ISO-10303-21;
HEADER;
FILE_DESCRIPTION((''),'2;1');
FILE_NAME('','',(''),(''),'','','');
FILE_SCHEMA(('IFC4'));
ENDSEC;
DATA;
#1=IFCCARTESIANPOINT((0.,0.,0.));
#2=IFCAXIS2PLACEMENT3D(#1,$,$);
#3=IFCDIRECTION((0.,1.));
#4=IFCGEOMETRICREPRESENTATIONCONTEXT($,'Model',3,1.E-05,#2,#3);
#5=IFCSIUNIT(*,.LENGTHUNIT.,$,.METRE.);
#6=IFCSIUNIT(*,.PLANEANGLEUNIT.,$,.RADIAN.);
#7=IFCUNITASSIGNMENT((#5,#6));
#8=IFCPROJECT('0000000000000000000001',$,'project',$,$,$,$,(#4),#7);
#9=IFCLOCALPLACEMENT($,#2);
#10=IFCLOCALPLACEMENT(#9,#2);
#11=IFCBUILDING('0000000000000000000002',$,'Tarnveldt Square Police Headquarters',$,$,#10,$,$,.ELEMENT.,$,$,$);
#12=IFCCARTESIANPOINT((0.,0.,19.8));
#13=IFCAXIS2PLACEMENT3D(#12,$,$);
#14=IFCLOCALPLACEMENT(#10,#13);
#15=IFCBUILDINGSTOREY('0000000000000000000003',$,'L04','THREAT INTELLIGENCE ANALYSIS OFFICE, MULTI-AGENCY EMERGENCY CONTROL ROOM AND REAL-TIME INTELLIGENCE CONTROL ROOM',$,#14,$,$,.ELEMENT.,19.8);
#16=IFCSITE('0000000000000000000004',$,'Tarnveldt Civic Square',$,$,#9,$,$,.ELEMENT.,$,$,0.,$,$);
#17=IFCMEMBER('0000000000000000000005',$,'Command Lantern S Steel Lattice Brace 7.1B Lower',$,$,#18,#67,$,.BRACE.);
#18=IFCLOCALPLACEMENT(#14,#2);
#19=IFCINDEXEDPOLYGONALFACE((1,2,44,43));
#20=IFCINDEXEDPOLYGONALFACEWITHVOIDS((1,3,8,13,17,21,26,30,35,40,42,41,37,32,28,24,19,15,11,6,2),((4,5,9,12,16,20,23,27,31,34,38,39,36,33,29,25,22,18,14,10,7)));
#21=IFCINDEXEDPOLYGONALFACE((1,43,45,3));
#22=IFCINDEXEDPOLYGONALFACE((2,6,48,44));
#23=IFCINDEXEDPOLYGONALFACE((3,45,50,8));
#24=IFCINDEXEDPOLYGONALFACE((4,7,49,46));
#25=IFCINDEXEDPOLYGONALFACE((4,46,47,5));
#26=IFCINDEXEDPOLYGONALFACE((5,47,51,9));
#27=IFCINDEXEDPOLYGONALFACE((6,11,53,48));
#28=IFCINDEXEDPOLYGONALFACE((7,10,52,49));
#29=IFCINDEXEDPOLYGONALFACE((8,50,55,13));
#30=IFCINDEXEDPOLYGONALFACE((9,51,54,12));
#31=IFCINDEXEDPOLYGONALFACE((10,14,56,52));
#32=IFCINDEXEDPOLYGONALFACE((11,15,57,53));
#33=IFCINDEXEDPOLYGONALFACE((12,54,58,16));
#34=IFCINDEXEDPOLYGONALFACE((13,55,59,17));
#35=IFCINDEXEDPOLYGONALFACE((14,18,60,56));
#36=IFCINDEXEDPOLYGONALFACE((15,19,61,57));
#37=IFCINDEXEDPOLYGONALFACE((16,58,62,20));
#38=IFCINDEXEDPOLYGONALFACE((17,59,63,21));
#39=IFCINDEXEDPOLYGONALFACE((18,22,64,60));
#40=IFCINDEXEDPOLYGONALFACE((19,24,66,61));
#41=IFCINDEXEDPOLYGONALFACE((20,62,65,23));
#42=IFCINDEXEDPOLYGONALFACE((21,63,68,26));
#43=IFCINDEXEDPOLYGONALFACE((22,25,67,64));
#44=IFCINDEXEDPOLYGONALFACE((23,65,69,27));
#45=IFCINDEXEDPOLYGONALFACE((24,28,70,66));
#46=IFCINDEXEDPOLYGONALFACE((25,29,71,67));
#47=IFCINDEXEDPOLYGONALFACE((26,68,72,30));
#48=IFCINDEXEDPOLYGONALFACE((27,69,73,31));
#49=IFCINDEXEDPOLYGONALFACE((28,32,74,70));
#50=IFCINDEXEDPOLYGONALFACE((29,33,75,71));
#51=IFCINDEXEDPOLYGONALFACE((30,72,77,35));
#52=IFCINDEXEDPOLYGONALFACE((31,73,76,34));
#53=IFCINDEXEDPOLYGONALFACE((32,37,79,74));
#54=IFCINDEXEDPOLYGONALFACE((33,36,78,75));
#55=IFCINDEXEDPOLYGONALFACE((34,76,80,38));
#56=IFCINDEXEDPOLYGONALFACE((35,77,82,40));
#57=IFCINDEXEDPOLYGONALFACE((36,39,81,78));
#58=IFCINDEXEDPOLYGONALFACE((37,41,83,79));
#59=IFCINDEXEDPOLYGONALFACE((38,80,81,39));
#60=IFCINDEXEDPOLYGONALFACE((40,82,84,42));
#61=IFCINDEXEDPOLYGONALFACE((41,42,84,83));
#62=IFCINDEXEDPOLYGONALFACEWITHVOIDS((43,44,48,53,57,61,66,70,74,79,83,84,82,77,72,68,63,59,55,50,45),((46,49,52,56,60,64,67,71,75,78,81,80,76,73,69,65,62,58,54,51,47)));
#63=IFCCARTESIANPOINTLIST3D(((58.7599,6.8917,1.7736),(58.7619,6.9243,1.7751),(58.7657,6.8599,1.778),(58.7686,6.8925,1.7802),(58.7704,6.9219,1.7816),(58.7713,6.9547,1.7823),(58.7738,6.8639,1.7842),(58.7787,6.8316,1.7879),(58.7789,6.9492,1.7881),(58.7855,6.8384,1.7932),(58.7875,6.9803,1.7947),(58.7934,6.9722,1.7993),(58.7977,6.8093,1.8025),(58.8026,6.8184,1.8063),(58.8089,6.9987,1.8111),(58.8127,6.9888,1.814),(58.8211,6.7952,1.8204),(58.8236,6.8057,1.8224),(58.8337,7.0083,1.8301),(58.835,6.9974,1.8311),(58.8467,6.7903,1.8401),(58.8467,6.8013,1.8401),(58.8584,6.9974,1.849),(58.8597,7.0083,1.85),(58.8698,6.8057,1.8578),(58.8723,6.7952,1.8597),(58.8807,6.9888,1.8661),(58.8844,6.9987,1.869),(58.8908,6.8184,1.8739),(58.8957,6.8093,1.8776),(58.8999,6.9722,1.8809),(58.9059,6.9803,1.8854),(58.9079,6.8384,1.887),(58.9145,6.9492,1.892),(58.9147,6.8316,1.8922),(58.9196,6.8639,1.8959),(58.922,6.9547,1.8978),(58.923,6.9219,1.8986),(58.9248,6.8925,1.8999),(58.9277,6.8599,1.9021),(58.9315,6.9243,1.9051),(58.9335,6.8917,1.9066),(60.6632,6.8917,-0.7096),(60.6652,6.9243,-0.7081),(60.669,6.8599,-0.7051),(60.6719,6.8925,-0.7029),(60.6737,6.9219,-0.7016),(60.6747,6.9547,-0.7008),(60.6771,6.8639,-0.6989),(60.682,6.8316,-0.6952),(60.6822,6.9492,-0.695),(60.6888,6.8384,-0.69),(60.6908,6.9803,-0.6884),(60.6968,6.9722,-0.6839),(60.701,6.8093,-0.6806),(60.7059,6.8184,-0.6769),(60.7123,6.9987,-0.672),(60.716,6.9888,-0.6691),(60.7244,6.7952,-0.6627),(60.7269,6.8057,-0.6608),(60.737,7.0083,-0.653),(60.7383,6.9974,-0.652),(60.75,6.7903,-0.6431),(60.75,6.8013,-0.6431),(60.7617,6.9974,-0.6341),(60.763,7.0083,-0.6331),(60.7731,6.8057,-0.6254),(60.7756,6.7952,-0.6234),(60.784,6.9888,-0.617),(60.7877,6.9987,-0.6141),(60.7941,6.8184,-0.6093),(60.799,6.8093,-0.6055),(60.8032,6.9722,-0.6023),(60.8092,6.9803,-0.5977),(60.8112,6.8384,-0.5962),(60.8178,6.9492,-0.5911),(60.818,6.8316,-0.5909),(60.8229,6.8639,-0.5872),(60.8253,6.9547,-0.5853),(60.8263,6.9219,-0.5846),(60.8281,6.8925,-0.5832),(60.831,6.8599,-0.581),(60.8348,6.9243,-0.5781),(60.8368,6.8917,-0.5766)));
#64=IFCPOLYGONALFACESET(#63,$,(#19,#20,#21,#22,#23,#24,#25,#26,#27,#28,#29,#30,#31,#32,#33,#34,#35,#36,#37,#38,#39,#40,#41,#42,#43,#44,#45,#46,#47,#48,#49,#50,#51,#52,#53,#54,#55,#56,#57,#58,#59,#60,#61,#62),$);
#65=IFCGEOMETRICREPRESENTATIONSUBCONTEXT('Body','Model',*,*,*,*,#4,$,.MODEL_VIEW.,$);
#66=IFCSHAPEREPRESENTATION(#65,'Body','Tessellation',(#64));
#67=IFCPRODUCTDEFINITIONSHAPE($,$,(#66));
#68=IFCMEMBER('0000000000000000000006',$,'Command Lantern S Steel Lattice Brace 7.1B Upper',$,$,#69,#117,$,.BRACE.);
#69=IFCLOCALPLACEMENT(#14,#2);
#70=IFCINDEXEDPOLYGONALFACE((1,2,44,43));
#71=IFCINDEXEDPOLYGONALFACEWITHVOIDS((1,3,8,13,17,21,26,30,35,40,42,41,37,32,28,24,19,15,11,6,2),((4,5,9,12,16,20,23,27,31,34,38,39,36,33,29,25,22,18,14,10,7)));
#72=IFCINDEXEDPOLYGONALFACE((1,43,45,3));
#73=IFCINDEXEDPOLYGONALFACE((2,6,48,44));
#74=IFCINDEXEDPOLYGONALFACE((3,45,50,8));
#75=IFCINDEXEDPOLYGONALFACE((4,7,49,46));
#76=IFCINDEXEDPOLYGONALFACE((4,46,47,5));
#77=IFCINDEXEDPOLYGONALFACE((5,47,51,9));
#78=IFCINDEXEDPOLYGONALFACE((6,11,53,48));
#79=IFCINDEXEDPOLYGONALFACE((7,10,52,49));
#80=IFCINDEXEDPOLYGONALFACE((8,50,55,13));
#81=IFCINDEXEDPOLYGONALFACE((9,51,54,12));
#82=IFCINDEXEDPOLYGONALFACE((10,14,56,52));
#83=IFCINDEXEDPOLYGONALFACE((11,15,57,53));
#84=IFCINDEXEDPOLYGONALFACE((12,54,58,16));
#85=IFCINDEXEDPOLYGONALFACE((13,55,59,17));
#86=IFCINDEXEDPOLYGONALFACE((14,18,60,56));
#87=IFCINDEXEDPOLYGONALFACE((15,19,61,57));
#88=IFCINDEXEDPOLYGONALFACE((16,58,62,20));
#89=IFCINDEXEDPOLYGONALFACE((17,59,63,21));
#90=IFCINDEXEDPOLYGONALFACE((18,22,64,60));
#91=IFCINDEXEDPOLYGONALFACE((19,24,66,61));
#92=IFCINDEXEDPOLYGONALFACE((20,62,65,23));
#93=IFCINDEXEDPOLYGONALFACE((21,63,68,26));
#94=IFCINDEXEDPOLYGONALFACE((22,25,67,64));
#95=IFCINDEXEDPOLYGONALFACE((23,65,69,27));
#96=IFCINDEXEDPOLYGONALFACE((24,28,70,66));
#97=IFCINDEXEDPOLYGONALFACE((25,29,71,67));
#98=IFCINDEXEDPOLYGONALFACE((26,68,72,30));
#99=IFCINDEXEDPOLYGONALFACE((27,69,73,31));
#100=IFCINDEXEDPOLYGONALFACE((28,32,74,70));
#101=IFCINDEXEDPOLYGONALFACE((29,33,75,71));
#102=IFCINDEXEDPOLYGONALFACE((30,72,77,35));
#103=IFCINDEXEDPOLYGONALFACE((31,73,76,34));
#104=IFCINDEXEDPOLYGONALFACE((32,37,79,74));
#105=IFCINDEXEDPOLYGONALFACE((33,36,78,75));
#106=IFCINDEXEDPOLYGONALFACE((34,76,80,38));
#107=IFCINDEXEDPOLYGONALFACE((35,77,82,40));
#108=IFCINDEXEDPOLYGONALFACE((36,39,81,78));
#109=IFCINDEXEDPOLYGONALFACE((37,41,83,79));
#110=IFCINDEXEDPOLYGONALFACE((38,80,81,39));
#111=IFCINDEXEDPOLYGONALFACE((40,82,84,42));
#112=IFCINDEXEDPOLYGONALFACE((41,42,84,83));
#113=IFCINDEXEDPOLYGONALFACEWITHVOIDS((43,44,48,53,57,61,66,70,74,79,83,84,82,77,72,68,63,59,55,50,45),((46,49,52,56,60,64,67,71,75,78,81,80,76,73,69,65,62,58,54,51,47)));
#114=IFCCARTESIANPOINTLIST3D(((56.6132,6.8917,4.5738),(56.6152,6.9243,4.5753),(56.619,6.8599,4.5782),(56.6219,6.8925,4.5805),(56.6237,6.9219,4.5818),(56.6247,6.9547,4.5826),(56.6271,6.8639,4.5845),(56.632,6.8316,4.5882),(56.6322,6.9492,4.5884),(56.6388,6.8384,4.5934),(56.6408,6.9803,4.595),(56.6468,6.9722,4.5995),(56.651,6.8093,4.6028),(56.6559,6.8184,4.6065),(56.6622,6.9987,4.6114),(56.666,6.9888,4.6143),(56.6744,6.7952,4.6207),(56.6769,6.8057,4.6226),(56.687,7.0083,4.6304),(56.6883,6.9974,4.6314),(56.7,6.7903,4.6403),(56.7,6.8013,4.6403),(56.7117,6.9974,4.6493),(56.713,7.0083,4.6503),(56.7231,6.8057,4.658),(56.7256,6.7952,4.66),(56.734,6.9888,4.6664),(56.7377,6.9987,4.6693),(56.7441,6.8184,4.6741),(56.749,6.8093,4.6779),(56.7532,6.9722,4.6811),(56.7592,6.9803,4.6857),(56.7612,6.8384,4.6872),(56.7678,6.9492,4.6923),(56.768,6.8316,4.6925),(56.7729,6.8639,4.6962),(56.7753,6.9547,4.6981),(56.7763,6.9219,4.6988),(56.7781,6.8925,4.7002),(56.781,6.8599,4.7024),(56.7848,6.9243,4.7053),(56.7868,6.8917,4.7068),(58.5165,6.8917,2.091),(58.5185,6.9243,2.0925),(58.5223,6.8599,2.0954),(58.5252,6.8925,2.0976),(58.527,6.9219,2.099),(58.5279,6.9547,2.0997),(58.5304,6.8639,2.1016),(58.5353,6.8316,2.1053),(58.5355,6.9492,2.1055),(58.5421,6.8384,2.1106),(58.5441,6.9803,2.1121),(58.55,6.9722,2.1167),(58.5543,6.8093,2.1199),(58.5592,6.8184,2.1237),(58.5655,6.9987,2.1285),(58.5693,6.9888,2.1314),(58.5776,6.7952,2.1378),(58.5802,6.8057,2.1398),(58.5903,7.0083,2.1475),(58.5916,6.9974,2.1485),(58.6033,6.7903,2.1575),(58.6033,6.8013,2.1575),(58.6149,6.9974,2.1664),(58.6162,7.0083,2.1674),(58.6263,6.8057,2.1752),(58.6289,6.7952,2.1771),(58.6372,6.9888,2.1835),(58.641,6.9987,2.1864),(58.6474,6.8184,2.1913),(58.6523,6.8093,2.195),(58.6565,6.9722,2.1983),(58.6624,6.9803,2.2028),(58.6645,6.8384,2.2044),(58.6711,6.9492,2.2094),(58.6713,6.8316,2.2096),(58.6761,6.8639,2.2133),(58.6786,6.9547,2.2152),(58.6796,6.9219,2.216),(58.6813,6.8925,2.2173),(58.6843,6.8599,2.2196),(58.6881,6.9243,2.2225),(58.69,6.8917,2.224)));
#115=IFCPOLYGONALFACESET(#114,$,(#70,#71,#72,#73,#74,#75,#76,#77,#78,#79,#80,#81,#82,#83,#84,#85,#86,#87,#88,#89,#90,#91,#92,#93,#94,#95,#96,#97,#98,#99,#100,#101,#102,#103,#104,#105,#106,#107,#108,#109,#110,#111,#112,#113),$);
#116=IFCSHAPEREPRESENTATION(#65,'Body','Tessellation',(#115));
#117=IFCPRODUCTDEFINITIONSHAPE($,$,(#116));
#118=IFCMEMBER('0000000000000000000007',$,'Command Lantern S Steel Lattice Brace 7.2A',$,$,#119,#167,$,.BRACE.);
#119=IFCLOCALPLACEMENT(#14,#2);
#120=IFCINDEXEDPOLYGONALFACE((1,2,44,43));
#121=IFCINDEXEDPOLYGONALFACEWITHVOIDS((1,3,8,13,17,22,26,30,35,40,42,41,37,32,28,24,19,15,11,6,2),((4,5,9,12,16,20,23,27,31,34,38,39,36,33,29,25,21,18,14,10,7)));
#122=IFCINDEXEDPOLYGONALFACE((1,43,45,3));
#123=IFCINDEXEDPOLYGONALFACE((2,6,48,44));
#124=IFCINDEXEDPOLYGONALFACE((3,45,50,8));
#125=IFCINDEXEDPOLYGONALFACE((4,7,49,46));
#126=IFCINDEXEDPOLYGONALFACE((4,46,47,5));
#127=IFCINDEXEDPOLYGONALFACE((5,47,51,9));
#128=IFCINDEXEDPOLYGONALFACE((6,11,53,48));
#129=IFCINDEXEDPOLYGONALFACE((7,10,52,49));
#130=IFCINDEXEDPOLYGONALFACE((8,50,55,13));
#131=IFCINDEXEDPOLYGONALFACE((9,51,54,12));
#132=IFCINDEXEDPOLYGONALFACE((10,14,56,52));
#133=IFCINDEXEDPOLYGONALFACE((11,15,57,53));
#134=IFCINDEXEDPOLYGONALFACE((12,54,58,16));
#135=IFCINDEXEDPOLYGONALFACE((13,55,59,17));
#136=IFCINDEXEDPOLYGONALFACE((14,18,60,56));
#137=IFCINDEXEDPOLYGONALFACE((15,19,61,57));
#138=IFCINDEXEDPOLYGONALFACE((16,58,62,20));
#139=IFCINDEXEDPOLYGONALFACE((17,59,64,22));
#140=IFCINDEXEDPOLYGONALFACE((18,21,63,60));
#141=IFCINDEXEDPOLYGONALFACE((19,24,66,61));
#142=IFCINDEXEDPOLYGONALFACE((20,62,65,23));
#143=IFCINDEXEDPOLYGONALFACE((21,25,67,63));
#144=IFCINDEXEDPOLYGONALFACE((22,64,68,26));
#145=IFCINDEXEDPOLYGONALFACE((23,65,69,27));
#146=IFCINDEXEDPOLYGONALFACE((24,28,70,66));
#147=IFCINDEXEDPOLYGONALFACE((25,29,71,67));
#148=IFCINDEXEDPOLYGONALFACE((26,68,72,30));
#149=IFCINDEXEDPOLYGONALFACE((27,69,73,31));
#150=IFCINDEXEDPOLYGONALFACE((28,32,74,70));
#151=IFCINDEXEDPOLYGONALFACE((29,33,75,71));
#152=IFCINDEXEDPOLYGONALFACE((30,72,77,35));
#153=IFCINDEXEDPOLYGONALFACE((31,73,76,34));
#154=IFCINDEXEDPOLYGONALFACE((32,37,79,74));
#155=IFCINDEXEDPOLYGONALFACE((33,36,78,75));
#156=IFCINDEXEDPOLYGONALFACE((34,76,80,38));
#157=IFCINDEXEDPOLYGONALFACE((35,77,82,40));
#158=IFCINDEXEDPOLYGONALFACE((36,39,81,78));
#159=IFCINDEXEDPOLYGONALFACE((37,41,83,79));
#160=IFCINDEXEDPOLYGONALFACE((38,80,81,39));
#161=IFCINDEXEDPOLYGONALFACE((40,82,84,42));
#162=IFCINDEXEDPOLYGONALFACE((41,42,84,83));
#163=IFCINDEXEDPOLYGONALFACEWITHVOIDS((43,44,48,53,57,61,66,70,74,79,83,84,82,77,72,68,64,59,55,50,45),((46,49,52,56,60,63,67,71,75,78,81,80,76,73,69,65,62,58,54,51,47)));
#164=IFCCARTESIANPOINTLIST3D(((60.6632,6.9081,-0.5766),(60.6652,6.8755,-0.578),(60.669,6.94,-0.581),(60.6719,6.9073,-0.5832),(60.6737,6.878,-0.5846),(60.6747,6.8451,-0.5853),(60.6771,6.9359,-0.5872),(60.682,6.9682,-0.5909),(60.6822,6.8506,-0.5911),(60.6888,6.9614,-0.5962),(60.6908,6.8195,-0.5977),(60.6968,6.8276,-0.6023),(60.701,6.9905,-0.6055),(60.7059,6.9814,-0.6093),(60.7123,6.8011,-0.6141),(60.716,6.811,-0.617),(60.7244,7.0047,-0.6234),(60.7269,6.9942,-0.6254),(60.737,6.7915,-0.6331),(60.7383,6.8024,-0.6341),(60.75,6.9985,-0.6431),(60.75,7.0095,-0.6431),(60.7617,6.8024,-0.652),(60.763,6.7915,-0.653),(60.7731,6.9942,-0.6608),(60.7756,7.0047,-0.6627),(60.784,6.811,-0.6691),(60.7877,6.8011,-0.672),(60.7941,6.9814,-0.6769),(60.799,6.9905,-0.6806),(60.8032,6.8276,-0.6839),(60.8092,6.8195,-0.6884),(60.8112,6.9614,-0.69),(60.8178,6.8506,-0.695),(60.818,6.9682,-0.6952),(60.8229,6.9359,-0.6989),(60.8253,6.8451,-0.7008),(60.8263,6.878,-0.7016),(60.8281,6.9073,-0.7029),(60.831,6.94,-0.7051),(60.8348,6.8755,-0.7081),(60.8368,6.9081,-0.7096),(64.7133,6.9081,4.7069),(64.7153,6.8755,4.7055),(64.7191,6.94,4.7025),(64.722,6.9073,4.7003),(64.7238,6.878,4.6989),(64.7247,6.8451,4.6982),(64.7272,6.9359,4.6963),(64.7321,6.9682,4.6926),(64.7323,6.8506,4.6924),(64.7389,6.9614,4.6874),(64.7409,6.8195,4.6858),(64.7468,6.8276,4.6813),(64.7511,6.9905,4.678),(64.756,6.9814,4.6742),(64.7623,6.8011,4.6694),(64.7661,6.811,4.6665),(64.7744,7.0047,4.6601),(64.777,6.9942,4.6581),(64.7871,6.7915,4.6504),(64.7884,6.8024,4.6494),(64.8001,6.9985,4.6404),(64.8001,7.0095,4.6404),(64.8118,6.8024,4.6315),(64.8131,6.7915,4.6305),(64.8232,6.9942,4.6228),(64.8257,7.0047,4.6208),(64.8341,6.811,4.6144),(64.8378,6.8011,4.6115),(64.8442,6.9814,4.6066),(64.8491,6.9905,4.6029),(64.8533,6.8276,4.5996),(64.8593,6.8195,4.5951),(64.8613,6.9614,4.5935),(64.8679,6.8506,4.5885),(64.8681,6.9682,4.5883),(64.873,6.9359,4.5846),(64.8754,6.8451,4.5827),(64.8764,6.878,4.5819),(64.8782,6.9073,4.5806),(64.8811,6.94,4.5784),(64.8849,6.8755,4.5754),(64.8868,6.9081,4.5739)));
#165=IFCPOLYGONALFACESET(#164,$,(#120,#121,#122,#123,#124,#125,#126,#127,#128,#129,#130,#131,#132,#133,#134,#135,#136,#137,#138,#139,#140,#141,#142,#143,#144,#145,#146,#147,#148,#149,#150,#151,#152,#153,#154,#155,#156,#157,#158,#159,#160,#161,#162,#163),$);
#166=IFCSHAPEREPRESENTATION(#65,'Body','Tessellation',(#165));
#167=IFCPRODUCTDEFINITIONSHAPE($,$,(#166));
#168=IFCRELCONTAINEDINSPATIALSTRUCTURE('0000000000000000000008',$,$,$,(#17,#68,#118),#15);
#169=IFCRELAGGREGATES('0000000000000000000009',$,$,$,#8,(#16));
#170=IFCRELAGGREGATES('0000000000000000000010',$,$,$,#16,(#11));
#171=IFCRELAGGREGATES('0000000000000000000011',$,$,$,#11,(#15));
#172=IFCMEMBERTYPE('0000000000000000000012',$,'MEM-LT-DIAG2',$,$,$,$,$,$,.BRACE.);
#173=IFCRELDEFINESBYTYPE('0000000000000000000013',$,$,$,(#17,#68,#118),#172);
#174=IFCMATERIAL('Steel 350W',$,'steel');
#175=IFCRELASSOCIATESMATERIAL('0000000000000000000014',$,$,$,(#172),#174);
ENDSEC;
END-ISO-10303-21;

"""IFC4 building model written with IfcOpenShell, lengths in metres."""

from ifc_helpers import new_model, si_unit, direction, frame, origin, origin_2d, place, context, subcontext, project, spatial, hollow_circle, extrude, material, material_profile, profile_set, type_object, element, save


model = new_model("IFC4")

# Units and contexts
model_context = context("Model", 3, precision=1e-05, world=origin(), true_north=direction((0.0, 1.0)))
body_context = subcontext(model_context, "Body", "Model", "MODEL_VIEW")
ifc_project = project(units=[si_unit("LENGTHUNIT", "METRE"), si_unit("PLANEANGLEUNIT", "RADIAN")], contexts=[model_context])

# Site, building, storey
site_placement = place(None, origin())
site = spatial("IfcSite", under=ifc_project, at=site_placement, Name="Tarnveldt Civic Square", CompositionType="ELEMENT", RefElevation=0.0)
building_placement = place(site_placement, origin())
building = spatial("IfcBuilding", under=site, at=building_placement, Name="Tarnveldt Square Police Headquarters", CompositionType="ELEMENT")
storey_placement = place(building_placement, frame((0.0, 0.0, 19.8)))
storey = spatial("IfcBuildingStorey", under=building, at=storey_placement, Name="L04", Description="THREAT INTELLIGENCE ANALYSIS OFFICE, MULTI-AGENCY EMERGENCY CONTROL ROOM AND REAL-TIME INTELLIGENCE CONTROL ROOM", CompositionType="ELEMENT", Elevation=19.8)

# Members
ifc_material_1 = material(Name="Steel 350W", Category="steel")
ifc_material_profile_1 = material_profile(ifc_material_1, hollow_circle(Radius=0.1096, WallThickness=0.011, at=origin_2d()), Name="HSS219x11")
ifc_profile_set_1 = profile_set([ifc_material_profile_1], Name="Steel 350W")
member_type_1 = type_object("IfcMemberType", Name="MEM-LT-DIAG2", PredefinedType="BRACE", material=ifc_profile_set_1)
member_1_placement = place(storey_placement, frame((60.75, 6.8999, -0.6431), z_axis=(-0.608345, 0.0, 0.793673), x_axis=(0.0, -1.0, 0.0)))
element("IfcMember", 1, at=member_1_placement, inside=storey, type_object=member_type_1, Name="Command Lantern S Steel Lattice Brace 7.1B Lower", PredefinedType="BRACE", context=body_context, shape_type="SweptSolid", body=[
    extrude(hollow_circle(Radius=0.1096, WallThickness=0.011, at=origin_2d()), origin(), (0.0, 0.0, 1.0), 3.1287),
])
member_2_placement = place(storey_placement, frame((58.6033, 6.8999, 2.1575), z_axis=(-0.608382, 0.0, 0.793644), x_axis=(0.0, -1.0, 0.0)))
element("IfcMember", 2, at=member_2_placement, inside=storey, type_object=member_type_1, Name="Command Lantern S Steel Lattice Brace 7.1B Upper", PredefinedType="BRACE", context=body_context, shape_type="SweptSolid", body=[
    extrude(hollow_circle(Radius=0.1096, WallThickness=0.011, at=origin_2d()), origin(), (0.0, 0.0, 1.0), 3.1284),
])
member_3_placement = place(storey_placement, frame((60.75, 6.8999, -0.6431), z_axis=(0.608375, 0.0, 0.793649), x_axis=(0.0, 1.0, 0.0)))
element("IfcMember", 3, at=member_3_placement, inside=storey, type_object=member_type_1, Name="Command Lantern S Steel Lattice Brace 7.2A", PredefinedType="BRACE", context=body_context, shape_type="SweptSolid", body=[
    extrude(hollow_circle(Radius=0.1096, WallThickness=0.011, at=origin_2d()), origin(), (0.0, 0.0, 1.0), 6.6572),
])

save(model, "model.ifc")
